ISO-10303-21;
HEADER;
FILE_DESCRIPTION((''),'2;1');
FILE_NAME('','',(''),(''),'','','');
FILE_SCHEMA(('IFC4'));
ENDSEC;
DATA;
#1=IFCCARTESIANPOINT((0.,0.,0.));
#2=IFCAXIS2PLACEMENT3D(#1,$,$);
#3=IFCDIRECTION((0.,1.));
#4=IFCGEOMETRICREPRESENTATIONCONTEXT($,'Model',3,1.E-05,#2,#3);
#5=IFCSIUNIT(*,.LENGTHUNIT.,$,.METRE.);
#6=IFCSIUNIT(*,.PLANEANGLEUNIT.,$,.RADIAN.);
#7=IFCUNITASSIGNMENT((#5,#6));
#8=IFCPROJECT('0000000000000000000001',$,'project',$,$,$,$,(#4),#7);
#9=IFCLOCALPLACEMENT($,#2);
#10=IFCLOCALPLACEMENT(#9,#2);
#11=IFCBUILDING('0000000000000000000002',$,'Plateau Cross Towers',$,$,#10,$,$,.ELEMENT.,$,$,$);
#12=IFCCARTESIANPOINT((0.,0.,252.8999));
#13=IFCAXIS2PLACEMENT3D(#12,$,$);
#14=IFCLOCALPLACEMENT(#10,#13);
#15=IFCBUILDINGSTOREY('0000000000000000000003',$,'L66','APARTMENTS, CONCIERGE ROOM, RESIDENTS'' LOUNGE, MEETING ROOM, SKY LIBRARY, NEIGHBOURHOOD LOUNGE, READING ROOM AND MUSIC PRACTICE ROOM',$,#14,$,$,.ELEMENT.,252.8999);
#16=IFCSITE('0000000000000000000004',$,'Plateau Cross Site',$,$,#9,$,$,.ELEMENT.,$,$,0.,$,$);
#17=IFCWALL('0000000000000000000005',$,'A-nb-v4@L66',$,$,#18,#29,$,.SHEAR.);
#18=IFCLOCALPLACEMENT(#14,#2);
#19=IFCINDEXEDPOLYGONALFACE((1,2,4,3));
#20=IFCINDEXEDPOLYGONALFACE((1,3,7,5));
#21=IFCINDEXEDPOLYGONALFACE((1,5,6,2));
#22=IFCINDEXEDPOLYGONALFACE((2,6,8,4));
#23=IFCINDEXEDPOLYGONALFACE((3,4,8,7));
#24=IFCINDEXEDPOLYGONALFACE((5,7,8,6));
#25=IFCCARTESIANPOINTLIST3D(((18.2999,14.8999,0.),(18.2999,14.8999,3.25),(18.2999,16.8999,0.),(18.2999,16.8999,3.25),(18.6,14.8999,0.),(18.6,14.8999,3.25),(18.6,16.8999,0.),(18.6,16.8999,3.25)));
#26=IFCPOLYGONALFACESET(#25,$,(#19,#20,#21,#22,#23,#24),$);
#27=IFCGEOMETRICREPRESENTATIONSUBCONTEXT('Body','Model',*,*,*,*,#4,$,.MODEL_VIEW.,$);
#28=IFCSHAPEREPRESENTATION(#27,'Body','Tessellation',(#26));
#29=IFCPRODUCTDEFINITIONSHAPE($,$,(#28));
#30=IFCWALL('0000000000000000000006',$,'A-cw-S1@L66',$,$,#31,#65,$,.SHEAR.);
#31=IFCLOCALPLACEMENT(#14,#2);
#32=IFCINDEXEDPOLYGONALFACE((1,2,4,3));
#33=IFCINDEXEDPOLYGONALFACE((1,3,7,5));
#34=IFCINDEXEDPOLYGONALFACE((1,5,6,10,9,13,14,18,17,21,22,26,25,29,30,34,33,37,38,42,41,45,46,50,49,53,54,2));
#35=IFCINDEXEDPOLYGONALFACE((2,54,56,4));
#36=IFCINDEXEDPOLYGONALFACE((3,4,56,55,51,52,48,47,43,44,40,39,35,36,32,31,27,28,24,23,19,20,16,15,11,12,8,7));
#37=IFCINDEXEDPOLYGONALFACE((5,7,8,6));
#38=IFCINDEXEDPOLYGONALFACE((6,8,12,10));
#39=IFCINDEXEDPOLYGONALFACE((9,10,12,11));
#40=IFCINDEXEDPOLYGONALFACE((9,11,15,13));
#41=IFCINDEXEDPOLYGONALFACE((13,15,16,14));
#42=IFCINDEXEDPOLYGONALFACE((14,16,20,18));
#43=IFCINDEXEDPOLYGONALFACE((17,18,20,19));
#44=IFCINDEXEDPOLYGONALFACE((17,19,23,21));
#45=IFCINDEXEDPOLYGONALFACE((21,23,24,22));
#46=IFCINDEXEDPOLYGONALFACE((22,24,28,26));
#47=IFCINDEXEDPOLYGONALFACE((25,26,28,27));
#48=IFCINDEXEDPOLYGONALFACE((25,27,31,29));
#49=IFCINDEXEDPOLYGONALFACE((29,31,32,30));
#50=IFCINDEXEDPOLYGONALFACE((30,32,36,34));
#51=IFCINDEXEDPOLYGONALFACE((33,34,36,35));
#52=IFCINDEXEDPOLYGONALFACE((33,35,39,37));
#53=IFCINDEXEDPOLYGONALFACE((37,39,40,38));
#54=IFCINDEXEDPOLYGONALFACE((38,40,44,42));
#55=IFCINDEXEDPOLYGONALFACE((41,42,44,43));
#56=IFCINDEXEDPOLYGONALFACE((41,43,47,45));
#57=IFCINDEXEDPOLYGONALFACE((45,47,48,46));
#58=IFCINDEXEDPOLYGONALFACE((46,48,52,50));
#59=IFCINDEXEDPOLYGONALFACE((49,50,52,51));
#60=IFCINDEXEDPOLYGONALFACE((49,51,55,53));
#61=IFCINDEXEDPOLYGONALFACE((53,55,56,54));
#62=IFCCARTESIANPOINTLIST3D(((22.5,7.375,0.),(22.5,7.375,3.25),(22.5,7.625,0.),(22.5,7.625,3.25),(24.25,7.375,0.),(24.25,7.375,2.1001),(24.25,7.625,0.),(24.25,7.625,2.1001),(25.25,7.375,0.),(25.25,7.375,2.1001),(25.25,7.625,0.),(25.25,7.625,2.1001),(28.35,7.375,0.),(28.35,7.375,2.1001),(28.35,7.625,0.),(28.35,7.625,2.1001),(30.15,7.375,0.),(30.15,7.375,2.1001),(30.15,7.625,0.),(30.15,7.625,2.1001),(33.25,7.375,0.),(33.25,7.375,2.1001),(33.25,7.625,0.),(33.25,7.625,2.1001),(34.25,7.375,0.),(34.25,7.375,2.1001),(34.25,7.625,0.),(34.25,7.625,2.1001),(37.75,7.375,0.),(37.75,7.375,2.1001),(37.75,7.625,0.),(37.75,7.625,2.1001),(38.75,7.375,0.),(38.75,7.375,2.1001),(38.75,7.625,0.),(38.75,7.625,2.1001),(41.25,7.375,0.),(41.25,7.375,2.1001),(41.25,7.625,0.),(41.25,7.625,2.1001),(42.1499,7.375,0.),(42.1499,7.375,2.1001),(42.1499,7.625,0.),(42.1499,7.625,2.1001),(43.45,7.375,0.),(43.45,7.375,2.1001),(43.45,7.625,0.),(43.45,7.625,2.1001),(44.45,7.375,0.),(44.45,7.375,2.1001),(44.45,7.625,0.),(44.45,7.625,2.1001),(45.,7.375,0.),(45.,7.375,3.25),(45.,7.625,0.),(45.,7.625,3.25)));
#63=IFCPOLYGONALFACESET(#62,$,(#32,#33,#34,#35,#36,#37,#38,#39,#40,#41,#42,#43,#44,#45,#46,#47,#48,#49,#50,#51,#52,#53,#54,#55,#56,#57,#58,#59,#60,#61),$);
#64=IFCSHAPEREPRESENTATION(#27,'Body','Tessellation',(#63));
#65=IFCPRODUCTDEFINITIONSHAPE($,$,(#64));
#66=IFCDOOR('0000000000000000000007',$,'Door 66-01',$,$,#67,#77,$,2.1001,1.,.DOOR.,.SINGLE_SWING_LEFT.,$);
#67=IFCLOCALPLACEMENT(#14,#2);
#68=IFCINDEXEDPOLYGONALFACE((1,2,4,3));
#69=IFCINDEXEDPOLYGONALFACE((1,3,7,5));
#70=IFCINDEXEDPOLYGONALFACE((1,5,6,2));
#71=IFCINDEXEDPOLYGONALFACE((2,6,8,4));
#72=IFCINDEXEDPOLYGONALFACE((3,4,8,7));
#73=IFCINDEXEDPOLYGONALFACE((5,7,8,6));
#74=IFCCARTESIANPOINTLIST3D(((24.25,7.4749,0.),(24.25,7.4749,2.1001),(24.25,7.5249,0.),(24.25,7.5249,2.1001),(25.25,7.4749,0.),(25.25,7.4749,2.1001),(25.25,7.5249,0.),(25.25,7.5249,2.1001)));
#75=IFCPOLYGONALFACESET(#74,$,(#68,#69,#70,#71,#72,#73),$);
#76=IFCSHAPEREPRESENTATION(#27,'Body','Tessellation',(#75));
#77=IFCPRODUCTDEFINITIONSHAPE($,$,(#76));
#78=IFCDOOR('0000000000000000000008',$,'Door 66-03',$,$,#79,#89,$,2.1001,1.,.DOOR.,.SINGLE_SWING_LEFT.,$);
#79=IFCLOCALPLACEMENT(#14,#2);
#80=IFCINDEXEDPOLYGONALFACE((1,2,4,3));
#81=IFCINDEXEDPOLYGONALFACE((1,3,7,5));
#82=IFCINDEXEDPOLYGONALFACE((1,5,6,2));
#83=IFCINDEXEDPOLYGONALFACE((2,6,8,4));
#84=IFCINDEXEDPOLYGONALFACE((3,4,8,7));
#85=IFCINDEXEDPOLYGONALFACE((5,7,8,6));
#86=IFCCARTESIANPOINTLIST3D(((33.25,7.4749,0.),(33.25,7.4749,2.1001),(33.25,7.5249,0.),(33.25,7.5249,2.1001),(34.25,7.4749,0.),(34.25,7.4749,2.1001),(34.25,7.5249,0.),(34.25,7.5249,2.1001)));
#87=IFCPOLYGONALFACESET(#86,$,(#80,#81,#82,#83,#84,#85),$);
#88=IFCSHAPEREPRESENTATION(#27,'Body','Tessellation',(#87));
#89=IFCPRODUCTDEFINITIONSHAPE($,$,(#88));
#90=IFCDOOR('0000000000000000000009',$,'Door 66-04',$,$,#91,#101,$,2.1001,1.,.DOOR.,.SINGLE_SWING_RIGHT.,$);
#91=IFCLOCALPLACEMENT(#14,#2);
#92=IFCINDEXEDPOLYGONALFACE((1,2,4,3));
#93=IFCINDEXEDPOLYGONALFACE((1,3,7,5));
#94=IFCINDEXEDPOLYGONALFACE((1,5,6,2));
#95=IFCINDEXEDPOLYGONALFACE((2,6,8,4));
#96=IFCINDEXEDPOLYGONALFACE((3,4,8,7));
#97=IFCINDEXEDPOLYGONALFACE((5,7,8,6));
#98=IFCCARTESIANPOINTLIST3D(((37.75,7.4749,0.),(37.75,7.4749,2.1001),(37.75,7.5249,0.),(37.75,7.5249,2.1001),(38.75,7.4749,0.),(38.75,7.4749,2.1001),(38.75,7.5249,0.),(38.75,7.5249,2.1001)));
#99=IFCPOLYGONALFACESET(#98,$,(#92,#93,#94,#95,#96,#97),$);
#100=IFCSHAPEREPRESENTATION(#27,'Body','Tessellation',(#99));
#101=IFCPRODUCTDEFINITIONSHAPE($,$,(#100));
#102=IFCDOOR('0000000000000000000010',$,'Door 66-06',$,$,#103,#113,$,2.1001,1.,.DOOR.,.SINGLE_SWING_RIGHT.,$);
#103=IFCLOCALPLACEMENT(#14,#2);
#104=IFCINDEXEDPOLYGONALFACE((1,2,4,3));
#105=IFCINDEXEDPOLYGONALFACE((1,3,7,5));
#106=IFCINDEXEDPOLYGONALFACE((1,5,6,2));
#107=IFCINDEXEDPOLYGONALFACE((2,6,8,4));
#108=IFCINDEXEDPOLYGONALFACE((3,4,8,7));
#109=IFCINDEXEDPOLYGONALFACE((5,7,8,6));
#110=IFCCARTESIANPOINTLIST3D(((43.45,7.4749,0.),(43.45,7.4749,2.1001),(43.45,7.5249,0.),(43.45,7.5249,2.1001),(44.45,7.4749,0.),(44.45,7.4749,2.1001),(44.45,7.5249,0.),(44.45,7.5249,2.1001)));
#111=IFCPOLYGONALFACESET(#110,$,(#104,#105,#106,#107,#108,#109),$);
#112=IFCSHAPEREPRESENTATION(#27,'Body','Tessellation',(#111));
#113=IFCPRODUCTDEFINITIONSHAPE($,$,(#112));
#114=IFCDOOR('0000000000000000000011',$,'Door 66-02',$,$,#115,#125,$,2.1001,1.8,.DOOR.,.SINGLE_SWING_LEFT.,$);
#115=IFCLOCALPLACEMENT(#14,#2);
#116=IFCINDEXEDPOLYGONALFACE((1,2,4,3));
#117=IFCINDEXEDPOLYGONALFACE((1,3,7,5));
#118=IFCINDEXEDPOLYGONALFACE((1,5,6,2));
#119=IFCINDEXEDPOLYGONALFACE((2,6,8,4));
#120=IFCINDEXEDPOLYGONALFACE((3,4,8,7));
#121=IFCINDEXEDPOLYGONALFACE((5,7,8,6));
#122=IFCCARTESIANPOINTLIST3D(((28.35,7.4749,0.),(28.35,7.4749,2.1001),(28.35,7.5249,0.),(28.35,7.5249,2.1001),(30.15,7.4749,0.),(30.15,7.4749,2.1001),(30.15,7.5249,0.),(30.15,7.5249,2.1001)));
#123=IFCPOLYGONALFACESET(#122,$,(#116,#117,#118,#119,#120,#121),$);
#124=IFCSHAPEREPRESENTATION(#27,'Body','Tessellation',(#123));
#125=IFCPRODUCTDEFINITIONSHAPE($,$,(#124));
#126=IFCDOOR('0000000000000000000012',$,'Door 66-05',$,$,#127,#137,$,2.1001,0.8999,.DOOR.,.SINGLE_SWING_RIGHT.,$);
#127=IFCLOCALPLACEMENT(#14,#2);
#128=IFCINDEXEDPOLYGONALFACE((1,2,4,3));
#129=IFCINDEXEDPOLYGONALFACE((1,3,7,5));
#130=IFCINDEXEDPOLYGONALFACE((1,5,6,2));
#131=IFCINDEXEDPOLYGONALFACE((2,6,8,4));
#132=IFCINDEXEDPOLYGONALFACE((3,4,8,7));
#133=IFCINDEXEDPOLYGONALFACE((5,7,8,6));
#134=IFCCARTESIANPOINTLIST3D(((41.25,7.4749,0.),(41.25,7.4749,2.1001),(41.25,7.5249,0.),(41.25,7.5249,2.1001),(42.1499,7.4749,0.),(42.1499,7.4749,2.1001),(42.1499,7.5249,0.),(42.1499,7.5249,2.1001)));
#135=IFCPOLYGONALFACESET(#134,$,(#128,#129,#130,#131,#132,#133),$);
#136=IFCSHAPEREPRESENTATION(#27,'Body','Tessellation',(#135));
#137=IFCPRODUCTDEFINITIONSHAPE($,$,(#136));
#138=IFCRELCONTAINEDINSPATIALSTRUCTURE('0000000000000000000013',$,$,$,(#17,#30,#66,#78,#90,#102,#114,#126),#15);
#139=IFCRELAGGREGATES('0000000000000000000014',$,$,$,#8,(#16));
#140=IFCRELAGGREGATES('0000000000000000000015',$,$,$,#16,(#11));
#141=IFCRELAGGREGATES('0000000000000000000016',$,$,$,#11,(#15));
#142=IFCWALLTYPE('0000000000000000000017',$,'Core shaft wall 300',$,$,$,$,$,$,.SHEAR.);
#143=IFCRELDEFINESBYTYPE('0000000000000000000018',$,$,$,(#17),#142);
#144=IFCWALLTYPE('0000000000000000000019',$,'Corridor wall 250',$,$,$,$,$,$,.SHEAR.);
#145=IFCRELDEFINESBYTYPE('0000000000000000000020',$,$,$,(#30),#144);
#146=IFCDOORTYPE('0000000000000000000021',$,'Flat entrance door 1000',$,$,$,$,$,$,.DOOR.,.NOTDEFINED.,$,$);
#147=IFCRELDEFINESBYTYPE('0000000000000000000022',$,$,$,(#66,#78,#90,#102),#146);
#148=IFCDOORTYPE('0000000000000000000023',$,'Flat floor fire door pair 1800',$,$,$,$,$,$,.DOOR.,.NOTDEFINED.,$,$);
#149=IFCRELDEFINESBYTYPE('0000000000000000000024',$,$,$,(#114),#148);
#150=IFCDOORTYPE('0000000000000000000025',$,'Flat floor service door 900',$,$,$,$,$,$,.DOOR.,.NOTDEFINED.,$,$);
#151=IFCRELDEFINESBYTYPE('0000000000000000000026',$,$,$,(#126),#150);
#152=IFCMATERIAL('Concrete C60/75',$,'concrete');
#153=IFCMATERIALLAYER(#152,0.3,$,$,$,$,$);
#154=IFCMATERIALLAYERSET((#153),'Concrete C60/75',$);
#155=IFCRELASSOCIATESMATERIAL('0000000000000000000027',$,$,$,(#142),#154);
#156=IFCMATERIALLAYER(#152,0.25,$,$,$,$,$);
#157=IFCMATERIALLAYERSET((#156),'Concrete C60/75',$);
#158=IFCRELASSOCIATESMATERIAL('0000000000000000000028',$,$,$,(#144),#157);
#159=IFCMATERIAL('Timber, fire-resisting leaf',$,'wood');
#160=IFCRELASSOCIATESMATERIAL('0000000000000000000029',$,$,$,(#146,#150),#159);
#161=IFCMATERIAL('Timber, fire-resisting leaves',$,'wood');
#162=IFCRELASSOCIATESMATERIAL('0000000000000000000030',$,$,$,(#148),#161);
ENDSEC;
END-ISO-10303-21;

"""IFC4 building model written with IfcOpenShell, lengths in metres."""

from ifc_helpers import new_model, si_unit, direction, frame, frame_2d, origin, place, context, subcontext, project, spatial, rectangle, extrude, material, layer, layer_set, type_object, element, fill, save


model = new_model("IFC4")

# Units and contexts
model_context = context("Model", 3, precision=1e-05, world=origin(), true_north=direction((0.0, 1.0)))
body_context = subcontext(model_context, "Body", "Model", "MODEL_VIEW")
ifc_project = project(units=[si_unit("LENGTHUNIT", "METRE"), si_unit("PLANEANGLEUNIT", "RADIAN")], contexts=[model_context])

# Site, building, storey
site_placement = place(None, origin())
site = spatial("IfcSite", under=ifc_project, at=site_placement, Name="Plateau Cross Site", CompositionType="ELEMENT", RefElevation=0.0)
building_placement = place(site_placement, origin())
building = spatial("IfcBuilding", under=site, at=building_placement, Name="Plateau Cross Towers", CompositionType="ELEMENT")
storey_placement = place(building_placement, frame((0.0, 0.0, 252.8999)))
storey = spatial("IfcBuildingStorey", under=building, at=storey_placement, Name="L66", Description="APARTMENTS, CONCIERGE ROOM, RESIDENTS' LOUNGE, MEETING ROOM, SKY LIBRARY, NEIGHBOURHOOD LOUNGE, READING ROOM AND MUSIC PRACTICE ROOM", CompositionType="ELEMENT", Elevation=252.8999)

# Shared definitions
ifc_material_1 = material(Name="Concrete C60/75", Category="concrete")

# Wall
ifc_layer_1 = layer(ifc_material_1, 0.3)
ifc_layer_set_1 = layer_set([ifc_layer_1], Name="Concrete C60/75")
wall_type_1 = type_object("IfcWallType", Name="Core shaft wall 300", PredefinedType="SHEAR", material=ifc_layer_set_1)
for number, where, z_axis, x_axis, name in (
    (1, (18.45, 14.8999, 0.0), (0.0, 0.0, 1.0), (0.0, 1.0, 0.0), "A-nb-v4@L66"),
):
    element("IfcWall", number, at=place(storey_placement, frame(where, z_axis=z_axis, x_axis=x_axis)), inside=storey, type_object=wall_type_1, Name=name, PredefinedType="SHEAR", context=body_context, shape_type="SweptSolid", body=[
        extrude(rectangle(XDim=2.0, YDim=0.3, at=frame_2d((1.0, 0.0))), origin(), (0.0, 0.0, 1.0), 3.25),
    ])

# Wall, openings, doors
ifc_layer_2 = layer(ifc_material_1, 0.25)
ifc_layer_set_2 = layer_set([ifc_layer_2], Name="Concrete C60/75")
wall_type_2 = type_object("IfcWallType", Name="Corridor wall 250", PredefinedType="SHEAR", material=ifc_layer_set_2)
wall_1_placement = place(storey_placement, frame((22.5, 7.5, 0.0), z_axis=(0.0, 0.0, 1.0), x_axis=(1.0, 0.0, 0.0)))
wall_1 = element("IfcWall", 2, at=wall_1_placement, inside=storey, type_object=wall_type_2, Name="A-cw-S1@L66", PredefinedType="SHEAR", context=body_context, shape_type="SweptSolid", body=[
    extrude(rectangle(XDim=22.5, YDim=0.25, at=frame_2d((11.25, 0.0))), origin(), (0.0, 0.0, 1.0), 3.25),
])
opening_1_placement = place(wall_1_placement, frame((1.75, 0.0, 0.0)))
opening_1 = element("IfcOpeningElement", 3, at=opening_1_placement, cuts=wall_1, PredefinedType="OPENING", context=body_context, shape_type="SweptSolid", body=[
    extrude(rectangle(XDim=1.0, YDim=2.1001, at=frame_2d((0.5, 1.05))), frame((0.0, 0.135, 0.0), z_axis=(0.0, -1.0, 0.0), x_axis=(1.0, 0.0, 0.0)), (0.0, 0.0, 1.0), 0.27),
])
opening_2_placement = place(wall_1_placement, frame((5.8501, 0.0, 0.0)))
opening_2 = element("IfcOpeningElement", 4, at=opening_2_placement, cuts=wall_1, PredefinedType="OPENING", context=body_context, shape_type="SweptSolid", body=[
    extrude(rectangle(XDim=1.8, YDim=2.1001, at=frame_2d((0.8999, 1.05))), frame((0.0, 0.135, 0.0), z_axis=(0.0, -1.0, 0.0), x_axis=(1.0, 0.0, 0.0)), (0.0, 0.0, 1.0), 0.27),
])
opening_3_placement = place(wall_1_placement, frame((10.75, 0.0, 0.0)))
opening_3 = element("IfcOpeningElement", 5, at=opening_3_placement, cuts=wall_1, PredefinedType="OPENING", context=body_context, shape_type="SweptSolid", body=[
    extrude(rectangle(XDim=1.0, YDim=2.1001, at=frame_2d((0.5, 1.05))), frame((0.0, 0.135, 0.0), z_axis=(0.0, -1.0, 0.0), x_axis=(1.0, 0.0, 0.0)), (0.0, 0.0, 1.0), 0.27),
])
opening_4_placement = place(wall_1_placement, frame((15.25, 0.0, 0.0)))
opening_4 = element("IfcOpeningElement", 6, at=opening_4_placement, cuts=wall_1, PredefinedType="OPENING", context=body_context, shape_type="SweptSolid", body=[
    extrude(rectangle(XDim=1.0, YDim=2.1001, at=frame_2d((0.5, 1.05))), frame((0.0, 0.135, 0.0), z_axis=(0.0, -1.0, 0.0), x_axis=(1.0, 0.0, 0.0)), (0.0, 0.0, 1.0), 0.27),
])
opening_5_placement = place(wall_1_placement, frame((18.75, 0.0, 0.0)))
opening_5 = element("IfcOpeningElement", 7, at=opening_5_placement, cuts=wall_1, PredefinedType="OPENING", context=body_context, shape_type="SweptSolid", body=[
    extrude(rectangle(XDim=0.8999, YDim=2.1001, at=frame_2d((0.45, 1.05))), frame((0.0, 0.135, 0.0), z_axis=(0.0, -1.0, 0.0), x_axis=(1.0, 0.0, 0.0)), (0.0, 0.0, 1.0), 0.27),
])
opening_6_placement = place(wall_1_placement, frame((20.95, 0.0, 0.0)))
opening_6 = element("IfcOpeningElement", 8, at=opening_6_placement, cuts=wall_1, PredefinedType="OPENING", context=body_context, shape_type="SweptSolid", body=[
    extrude(rectangle(XDim=1.0, YDim=2.1001, at=frame_2d((0.5, 1.05))), frame((0.0, 0.135, 0.0), z_axis=(0.0, -1.0, 0.0), x_axis=(1.0, 0.0, 0.0)), (0.0, 0.0, 1.0), 0.27),
])
ifc_material_2 = material(Name="Timber, fire-resisting leaf", Category="wood")
door_type_1 = type_object("IfcDoorType", Name="Flat entrance door 1000", OperationType="NOTDEFINED", PredefinedType="DOOR", material=ifc_material_2)
door_1_placement = place(opening_1_placement, origin())
door_1 = element("IfcDoor", 9, at=door_1_placement, inside=storey, type_object=door_type_1, Name="Door 66-01", OperationType="SINGLE_SWING_LEFT", OverallHeight=2.1001, OverallWidth=1.0, PredefinedType="DOOR", context=body_context, shape_type="SweptSolid", body=[
    extrude(rectangle(XDim=1.0, YDim=2.1001, at=frame_2d((0.5, 1.05))), frame((0.0, 0.0249, 0.0), z_axis=(0.0, -1.0, 0.0), x_axis=(1.0, 0.0, 0.0)), (0.0, 0.0, 1.0), 0.05),
])
fill(opening_1, door_1)
door_2_placement = place(opening_3_placement, origin())
door_2 = element("IfcDoor", 10, at=door_2_placement, inside=storey, type_object=door_type_1, Name="Door 66-03", OperationType="SINGLE_SWING_LEFT", OverallHeight=2.1001, OverallWidth=1.0, PredefinedType="DOOR", context=body_context, shape_type="SweptSolid", body=[
    extrude(rectangle(XDim=1.0, YDim=2.1001, at=frame_2d((0.5, 1.05))), frame((0.0, 0.0249, 0.0), z_axis=(0.0, -1.0, 0.0), x_axis=(1.0, 0.0, 0.0)), (0.0, 0.0, 1.0), 0.05),
])
fill(opening_3, door_2)
door_3_placement = place(opening_4_placement, origin())
door_3 = element("IfcDoor", 11, at=door_3_placement, inside=storey, type_object=door_type_1, Name="Door 66-04", OperationType="SINGLE_SWING_RIGHT", OverallHeight=2.1001, OverallWidth=1.0, PredefinedType="DOOR", context=body_context, shape_type="SweptSolid", body=[
    extrude(rectangle(XDim=1.0, YDim=2.1001, at=frame_2d((0.5, 1.05))), frame((0.0, 0.0249, 0.0), z_axis=(0.0, -1.0, 0.0), x_axis=(1.0, 0.0, 0.0)), (0.0, 0.0, 1.0), 0.05),
])
fill(opening_4, door_3)
door_4_placement = place(opening_6_placement, origin())
door_4 = element("IfcDoor", 12, at=door_4_placement, inside=storey, type_object=door_type_1, Name="Door 66-06", OperationType="SINGLE_SWING_RIGHT", OverallHeight=2.1001, OverallWidth=1.0, PredefinedType="DOOR", context=body_context, shape_type="SweptSolid", body=[
    extrude(rectangle(XDim=1.0, YDim=2.1001, at=frame_2d((0.5, 1.05))), frame((0.0, 0.0249, 0.0), z_axis=(0.0, -1.0, 0.0), x_axis=(1.0, 0.0, 0.0)), (0.0, 0.0, 1.0), 0.05),
])
fill(opening_6, door_4)
ifc_material_3 = material(Name="Timber, fire-resisting leaves", Category="wood")
door_type_2 = type_object("IfcDoorType", Name="Flat floor fire door pair 1800", OperationType="NOTDEFINED", PredefinedType="DOOR", material=ifc_material_3)
door_5_placement = place(opening_2_placement, origin())
door_5 = element("IfcDoor", 13, at=door_5_placement, inside=storey, type_object=door_type_2, Name="Door 66-02", OperationType="SINGLE_SWING_LEFT", OverallHeight=2.1001, OverallWidth=1.8, PredefinedType="DOOR", context=body_context, shape_type="SweptSolid", body=[
    extrude(rectangle(XDim=1.8, YDim=2.1001, at=frame_2d((0.8999, 1.05))), frame((0.0, 0.0249, 0.0), z_axis=(0.0, -1.0, 0.0), x_axis=(1.0, 0.0, 0.0)), (0.0, 0.0, 1.0), 0.05),
])
fill(opening_2, door_5)
door_type_3 = type_object("IfcDoorType", Name="Flat floor service door 900", OperationType="NOTDEFINED", PredefinedType="DOOR", material=ifc_material_2)
door_6_placement = place(opening_5_placement, origin())
door_6 = element("IfcDoor", 14, at=door_6_placement, inside=storey, type_object=door_type_3, Name="Door 66-05", OperationType="SINGLE_SWING_RIGHT", OverallHeight=2.1001, OverallWidth=0.8999, PredefinedType="DOOR", context=body_context, shape_type="SweptSolid", body=[
    extrude(rectangle(XDim=0.8999, YDim=2.1001, at=frame_2d((0.45, 1.05))), frame((0.0, 0.0249, 0.0), z_axis=(0.0, -1.0, 0.0), x_axis=(1.0, 0.0, 0.0)), (0.0, 0.0, 1.0), 0.05),
])
fill(opening_5, door_6)

save(model, "model.ifc")
